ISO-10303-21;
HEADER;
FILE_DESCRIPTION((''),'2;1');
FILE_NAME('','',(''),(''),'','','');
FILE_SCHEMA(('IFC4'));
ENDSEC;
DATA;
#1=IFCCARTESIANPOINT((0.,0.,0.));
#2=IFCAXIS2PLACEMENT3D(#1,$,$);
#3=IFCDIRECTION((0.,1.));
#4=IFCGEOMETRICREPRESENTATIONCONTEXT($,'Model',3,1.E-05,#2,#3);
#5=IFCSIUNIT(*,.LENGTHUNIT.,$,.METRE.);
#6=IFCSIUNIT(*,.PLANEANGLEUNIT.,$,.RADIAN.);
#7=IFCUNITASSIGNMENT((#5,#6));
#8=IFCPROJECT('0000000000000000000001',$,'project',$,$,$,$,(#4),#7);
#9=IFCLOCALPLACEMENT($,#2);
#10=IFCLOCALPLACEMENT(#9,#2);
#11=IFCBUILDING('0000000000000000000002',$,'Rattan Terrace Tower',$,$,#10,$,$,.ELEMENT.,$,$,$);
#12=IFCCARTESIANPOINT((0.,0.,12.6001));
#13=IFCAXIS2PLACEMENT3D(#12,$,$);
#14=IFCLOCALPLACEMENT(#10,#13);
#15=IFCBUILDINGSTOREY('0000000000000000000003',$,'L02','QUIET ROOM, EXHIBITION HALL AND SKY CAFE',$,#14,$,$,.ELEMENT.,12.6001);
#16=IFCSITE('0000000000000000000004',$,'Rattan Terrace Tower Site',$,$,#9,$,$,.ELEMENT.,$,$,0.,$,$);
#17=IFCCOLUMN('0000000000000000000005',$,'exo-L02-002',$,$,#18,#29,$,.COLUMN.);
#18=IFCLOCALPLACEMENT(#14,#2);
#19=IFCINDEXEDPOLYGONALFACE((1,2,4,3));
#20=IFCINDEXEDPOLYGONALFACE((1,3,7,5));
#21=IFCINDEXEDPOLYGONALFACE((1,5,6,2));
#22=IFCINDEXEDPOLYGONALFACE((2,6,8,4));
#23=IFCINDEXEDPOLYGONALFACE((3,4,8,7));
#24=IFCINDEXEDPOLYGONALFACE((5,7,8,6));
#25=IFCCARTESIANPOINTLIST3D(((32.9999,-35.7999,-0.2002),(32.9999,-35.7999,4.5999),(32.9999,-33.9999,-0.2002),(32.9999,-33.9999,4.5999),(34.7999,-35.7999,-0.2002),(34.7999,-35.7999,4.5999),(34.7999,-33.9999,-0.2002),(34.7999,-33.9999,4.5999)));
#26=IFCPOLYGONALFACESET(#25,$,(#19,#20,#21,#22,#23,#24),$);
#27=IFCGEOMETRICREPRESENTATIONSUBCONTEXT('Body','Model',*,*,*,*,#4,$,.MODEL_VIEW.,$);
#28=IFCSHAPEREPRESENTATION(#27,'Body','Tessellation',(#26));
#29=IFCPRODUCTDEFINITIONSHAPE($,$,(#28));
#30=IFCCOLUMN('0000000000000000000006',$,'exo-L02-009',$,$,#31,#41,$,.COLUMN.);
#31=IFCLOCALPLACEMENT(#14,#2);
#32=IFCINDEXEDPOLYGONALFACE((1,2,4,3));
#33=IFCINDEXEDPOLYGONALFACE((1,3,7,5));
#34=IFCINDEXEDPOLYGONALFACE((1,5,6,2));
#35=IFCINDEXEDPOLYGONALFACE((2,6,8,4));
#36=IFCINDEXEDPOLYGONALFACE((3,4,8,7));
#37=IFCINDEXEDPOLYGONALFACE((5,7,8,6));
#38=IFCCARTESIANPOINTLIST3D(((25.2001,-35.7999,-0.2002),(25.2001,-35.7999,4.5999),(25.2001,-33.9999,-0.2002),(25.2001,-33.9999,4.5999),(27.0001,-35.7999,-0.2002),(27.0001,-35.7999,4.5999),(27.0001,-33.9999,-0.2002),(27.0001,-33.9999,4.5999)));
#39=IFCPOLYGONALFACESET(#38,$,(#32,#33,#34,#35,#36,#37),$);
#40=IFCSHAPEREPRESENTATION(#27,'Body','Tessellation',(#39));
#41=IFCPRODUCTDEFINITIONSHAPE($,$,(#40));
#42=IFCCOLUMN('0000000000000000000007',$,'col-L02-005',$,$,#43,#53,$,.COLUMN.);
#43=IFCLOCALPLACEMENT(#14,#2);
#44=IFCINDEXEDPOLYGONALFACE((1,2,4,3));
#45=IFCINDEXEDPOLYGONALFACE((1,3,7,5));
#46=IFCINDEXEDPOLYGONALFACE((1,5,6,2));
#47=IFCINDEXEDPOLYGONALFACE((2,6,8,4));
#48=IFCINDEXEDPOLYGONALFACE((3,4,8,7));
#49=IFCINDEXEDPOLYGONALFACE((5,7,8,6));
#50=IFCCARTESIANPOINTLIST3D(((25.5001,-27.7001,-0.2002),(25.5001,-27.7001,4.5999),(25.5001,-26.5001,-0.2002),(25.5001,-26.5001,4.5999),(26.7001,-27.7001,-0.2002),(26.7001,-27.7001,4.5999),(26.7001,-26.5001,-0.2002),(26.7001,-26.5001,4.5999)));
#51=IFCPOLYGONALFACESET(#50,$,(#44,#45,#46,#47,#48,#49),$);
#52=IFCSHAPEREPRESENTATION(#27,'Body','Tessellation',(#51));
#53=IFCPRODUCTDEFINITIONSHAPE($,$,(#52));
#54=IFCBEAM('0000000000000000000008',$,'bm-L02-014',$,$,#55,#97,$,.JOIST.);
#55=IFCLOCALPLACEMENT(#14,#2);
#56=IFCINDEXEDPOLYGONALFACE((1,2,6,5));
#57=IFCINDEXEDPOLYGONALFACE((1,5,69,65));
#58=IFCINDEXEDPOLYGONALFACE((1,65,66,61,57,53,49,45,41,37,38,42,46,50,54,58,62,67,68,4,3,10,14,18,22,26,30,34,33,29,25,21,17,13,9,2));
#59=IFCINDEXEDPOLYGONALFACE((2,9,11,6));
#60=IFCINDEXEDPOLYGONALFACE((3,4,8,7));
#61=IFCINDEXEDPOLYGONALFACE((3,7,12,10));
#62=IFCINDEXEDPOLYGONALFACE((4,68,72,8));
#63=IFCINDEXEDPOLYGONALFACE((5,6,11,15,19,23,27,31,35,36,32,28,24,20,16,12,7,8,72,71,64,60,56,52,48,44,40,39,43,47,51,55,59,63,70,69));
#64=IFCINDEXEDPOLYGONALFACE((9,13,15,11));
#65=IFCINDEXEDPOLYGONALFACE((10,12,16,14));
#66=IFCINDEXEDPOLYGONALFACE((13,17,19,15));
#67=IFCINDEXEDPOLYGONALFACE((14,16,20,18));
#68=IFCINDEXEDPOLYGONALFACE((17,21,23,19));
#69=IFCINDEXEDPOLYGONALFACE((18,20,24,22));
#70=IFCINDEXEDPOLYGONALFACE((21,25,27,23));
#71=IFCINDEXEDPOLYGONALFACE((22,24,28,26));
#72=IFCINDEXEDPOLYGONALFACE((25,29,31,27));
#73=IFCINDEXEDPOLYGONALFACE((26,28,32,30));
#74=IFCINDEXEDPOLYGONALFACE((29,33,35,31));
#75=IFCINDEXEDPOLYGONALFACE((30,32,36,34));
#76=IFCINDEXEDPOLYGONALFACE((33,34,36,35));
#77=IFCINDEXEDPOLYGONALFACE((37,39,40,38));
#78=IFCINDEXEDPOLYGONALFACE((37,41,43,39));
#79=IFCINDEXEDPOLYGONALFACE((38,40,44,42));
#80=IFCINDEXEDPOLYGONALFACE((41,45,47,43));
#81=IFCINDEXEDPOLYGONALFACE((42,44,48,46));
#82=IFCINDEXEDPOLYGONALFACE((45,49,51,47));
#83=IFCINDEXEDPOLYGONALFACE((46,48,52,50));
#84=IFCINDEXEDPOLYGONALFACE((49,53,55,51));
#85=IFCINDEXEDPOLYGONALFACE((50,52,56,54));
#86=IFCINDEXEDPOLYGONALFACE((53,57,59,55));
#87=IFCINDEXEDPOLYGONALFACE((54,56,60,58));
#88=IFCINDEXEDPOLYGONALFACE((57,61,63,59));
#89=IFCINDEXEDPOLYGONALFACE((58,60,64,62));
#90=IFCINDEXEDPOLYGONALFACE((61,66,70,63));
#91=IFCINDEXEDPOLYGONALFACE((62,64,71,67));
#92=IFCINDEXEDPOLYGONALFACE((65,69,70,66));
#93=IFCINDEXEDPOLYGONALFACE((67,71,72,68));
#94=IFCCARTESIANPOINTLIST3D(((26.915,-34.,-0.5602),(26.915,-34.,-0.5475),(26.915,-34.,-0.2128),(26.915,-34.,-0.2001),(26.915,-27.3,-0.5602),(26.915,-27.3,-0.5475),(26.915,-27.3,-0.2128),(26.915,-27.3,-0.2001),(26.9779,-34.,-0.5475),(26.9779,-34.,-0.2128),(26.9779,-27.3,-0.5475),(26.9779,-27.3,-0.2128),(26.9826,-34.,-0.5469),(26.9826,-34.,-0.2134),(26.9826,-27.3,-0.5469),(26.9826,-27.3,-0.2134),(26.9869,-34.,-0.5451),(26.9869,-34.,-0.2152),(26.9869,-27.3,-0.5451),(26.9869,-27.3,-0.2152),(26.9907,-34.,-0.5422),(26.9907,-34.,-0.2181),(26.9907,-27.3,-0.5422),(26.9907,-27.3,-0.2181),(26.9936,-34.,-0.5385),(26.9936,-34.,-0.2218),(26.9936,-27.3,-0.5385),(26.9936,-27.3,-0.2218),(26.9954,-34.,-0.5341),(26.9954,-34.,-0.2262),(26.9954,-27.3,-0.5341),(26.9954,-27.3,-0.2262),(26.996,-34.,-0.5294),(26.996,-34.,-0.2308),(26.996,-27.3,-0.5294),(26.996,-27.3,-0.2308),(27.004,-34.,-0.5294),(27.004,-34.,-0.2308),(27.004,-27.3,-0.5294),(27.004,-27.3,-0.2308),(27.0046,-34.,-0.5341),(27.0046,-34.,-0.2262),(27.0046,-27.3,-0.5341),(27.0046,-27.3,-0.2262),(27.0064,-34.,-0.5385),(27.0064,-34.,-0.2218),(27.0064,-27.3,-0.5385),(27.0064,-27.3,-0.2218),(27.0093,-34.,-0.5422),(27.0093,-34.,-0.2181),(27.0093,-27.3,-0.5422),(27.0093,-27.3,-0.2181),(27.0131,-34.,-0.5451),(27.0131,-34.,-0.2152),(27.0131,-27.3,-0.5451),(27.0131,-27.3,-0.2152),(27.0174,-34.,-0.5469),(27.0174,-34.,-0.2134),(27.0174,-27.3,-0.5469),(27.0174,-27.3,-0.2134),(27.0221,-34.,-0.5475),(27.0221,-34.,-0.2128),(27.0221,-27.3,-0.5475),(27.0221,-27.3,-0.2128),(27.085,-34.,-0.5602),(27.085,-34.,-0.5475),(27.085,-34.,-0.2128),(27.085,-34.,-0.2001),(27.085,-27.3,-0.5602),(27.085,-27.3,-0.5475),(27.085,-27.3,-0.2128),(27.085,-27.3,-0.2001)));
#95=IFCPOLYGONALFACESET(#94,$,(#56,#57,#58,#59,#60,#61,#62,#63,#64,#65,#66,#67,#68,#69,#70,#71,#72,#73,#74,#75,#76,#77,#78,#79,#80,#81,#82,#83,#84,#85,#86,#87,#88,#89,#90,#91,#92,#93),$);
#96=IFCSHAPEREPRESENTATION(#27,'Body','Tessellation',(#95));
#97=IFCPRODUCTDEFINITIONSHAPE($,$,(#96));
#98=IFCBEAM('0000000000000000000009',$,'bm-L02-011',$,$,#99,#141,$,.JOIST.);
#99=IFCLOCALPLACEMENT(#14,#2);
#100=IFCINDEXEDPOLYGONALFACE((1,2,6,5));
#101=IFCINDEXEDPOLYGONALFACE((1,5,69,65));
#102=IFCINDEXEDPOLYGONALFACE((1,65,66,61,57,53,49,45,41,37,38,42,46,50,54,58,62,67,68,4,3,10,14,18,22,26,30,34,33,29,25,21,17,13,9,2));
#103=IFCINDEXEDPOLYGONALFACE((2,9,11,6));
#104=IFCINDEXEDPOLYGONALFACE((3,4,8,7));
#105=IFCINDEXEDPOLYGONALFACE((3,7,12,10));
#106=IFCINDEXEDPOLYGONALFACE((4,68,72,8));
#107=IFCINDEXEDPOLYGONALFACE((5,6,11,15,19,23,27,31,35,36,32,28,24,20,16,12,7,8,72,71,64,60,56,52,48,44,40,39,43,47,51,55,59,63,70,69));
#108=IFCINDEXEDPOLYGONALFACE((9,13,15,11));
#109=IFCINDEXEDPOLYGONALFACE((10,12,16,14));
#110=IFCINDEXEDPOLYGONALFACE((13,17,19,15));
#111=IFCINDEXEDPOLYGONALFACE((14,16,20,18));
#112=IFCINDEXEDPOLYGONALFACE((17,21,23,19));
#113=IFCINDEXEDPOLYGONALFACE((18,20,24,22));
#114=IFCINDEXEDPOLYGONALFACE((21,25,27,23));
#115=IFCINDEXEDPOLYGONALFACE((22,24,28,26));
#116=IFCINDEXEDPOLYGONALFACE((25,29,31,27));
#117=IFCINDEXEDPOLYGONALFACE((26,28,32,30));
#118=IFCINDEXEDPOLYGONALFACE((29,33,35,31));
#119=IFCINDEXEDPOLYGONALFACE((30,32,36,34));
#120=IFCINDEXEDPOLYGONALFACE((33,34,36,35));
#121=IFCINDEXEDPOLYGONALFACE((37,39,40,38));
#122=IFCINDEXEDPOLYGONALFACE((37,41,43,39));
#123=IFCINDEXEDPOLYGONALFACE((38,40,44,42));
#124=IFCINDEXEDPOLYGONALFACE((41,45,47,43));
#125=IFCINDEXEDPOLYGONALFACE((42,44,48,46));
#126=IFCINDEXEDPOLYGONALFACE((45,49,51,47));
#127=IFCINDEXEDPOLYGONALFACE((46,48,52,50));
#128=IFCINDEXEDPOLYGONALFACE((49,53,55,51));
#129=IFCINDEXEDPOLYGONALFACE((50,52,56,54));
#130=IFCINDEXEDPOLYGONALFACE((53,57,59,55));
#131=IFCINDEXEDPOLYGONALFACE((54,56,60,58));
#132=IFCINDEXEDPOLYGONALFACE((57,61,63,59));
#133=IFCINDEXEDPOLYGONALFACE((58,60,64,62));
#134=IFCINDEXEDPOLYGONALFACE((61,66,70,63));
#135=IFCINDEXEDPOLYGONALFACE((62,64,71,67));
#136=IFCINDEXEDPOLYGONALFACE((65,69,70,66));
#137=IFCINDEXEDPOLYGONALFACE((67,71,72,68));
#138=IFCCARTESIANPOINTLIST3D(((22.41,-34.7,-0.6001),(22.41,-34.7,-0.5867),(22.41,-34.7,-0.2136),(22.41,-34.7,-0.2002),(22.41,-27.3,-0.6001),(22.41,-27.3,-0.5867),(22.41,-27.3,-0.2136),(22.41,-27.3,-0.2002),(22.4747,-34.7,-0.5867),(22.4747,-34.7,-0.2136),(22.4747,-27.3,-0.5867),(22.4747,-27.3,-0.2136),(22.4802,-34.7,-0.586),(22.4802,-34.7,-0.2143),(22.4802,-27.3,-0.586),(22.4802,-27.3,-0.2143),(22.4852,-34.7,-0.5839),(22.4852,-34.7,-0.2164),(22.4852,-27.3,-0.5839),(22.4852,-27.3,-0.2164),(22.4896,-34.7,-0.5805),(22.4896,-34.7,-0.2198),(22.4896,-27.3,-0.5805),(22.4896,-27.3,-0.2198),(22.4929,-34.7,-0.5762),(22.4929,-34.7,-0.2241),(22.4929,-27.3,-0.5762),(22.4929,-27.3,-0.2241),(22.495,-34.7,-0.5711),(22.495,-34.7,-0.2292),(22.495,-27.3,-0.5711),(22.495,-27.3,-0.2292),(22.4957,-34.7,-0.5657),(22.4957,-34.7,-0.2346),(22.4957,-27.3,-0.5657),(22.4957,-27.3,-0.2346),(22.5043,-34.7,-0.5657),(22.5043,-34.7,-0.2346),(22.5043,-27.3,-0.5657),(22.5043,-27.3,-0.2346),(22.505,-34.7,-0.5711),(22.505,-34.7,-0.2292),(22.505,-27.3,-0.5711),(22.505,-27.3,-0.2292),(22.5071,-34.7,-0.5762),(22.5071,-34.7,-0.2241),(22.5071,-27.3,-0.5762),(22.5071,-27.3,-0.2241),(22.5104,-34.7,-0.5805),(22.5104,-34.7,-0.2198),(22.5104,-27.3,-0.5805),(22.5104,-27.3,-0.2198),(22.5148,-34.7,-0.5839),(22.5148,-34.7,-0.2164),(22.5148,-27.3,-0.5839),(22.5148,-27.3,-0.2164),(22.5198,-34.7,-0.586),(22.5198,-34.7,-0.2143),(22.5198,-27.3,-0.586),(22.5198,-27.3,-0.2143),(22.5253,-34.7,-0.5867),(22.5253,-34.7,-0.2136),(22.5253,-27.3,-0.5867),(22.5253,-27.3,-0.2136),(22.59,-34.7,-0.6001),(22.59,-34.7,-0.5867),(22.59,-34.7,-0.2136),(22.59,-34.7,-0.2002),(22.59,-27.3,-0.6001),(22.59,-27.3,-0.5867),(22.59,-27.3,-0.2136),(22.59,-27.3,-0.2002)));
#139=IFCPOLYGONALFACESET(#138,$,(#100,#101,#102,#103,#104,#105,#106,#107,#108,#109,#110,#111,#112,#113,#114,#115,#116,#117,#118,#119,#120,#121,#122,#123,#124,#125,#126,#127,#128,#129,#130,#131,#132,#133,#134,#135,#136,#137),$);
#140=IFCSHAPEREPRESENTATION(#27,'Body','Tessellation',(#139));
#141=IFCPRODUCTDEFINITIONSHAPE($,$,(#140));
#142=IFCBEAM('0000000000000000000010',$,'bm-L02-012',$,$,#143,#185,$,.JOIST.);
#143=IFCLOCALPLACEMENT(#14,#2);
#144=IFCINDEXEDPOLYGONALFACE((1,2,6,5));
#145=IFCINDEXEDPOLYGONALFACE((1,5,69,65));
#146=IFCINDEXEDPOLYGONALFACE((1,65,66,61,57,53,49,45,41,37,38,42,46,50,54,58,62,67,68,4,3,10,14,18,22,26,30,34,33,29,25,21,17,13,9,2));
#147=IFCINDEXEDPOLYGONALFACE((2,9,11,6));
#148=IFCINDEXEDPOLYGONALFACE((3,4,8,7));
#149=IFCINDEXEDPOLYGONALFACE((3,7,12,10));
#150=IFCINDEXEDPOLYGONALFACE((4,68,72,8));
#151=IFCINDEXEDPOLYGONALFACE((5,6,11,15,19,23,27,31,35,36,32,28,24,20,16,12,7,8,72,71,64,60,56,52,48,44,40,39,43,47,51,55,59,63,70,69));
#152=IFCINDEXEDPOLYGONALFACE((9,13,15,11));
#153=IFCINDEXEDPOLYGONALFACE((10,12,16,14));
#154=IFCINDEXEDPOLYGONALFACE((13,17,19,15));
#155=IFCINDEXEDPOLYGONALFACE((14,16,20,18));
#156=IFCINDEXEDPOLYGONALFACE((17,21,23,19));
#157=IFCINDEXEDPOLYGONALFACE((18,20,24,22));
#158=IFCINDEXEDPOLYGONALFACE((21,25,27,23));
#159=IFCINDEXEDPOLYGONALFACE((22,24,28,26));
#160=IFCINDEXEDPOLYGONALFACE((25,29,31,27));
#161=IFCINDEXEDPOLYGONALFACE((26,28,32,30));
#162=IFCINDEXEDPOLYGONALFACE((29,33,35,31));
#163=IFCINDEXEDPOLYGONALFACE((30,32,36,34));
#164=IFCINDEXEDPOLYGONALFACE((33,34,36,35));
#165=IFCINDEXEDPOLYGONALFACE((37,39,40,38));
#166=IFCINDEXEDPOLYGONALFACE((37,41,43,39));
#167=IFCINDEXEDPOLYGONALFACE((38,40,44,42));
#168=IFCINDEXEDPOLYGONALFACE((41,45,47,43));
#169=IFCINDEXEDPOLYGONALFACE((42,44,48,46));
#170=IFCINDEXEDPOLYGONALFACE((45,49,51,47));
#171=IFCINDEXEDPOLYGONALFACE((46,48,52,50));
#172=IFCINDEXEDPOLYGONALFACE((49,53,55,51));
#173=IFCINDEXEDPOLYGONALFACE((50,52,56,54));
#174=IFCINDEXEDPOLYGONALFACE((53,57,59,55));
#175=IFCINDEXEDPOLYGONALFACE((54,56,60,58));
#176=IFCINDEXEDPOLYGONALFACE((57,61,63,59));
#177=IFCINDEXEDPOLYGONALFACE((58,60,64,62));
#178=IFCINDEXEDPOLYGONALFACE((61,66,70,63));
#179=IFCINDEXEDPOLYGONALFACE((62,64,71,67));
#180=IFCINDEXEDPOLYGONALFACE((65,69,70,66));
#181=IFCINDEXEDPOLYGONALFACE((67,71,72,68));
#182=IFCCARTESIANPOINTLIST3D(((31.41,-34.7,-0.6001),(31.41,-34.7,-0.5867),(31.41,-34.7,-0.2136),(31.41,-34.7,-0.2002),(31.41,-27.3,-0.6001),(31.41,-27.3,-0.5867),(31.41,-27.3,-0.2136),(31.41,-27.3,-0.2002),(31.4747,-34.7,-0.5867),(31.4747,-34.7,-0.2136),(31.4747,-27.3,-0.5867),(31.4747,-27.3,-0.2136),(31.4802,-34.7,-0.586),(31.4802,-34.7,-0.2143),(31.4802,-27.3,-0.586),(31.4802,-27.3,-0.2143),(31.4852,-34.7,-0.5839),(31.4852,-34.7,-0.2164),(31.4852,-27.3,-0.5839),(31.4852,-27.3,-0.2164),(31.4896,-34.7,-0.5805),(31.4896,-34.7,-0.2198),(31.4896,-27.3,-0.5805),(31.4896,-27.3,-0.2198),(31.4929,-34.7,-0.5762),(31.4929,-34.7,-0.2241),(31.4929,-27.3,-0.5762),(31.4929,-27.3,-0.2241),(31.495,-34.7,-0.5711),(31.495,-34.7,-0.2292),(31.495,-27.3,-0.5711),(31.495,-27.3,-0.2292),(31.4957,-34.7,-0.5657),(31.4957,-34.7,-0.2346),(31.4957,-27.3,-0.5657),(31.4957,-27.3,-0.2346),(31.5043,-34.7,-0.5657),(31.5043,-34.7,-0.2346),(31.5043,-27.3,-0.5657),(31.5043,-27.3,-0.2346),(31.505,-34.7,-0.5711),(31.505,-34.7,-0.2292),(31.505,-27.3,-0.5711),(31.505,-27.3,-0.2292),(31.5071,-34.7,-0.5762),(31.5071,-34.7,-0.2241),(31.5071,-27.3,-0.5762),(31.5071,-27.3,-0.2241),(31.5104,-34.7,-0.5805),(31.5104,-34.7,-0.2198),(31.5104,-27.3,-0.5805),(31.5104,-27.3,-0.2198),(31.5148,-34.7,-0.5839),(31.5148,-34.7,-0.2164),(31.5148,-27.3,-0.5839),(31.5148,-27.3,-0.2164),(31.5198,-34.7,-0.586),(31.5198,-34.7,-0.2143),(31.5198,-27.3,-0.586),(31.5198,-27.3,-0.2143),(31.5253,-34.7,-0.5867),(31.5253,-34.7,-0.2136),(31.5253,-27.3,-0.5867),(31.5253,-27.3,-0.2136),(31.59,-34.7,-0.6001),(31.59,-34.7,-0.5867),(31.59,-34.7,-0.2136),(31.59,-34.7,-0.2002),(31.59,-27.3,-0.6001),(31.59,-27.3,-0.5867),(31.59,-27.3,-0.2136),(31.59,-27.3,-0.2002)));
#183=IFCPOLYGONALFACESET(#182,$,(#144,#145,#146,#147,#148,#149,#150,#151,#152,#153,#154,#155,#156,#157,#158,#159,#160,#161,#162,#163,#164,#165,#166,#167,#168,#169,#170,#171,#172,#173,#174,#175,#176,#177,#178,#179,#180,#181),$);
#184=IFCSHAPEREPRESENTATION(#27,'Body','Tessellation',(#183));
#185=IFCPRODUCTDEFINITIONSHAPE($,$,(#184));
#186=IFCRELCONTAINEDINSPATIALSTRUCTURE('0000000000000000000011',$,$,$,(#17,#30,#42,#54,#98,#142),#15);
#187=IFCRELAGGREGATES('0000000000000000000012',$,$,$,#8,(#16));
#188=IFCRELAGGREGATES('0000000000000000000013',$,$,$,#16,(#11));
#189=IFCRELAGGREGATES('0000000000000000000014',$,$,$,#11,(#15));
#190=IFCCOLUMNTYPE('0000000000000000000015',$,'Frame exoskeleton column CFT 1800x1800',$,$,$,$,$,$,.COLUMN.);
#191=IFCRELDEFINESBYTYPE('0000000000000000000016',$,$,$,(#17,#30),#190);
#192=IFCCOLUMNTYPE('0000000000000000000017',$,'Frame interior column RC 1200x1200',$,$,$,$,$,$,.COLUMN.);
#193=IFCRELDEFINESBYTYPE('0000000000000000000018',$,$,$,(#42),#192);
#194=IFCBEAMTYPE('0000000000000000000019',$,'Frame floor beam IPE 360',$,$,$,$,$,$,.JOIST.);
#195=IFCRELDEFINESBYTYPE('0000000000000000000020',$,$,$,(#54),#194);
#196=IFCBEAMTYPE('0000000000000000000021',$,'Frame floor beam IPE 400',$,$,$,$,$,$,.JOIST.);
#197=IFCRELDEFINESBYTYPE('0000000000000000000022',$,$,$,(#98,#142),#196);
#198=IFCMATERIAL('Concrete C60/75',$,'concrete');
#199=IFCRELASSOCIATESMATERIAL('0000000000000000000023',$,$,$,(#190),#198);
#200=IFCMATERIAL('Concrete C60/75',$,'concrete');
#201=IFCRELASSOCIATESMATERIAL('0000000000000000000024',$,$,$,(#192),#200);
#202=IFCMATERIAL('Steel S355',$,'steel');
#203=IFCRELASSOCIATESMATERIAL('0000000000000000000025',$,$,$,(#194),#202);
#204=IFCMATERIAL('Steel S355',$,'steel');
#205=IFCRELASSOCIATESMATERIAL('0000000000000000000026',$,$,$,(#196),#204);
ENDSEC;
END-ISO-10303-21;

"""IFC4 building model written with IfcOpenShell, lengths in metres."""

from ifc_helpers import new_model, si_unit, direction, frame, origin, origin_2d, place, context, subcontext, project, spatial, rectangle, i_section, extrude, material, material_profile, profile_set, type_object, element, save


model = new_model("IFC4")

# Units and contexts
model_context = context("Model", 3, precision=1e-05, world=origin(), true_north=direction((0.0, 1.0)))
body_context = subcontext(model_context, "Body", "Model", "MODEL_VIEW")
ifc_project = project(units=[si_unit("LENGTHUNIT", "METRE"), si_unit("PLANEANGLEUNIT", "RADIAN")], contexts=[model_context])

# Site, building, storey
site_placement = place(None, origin())
site = spatial("IfcSite", under=ifc_project, at=site_placement, Name="Rattan Terrace Tower Site", CompositionType="ELEMENT", RefElevation=0.0)
building_placement = place(site_placement, origin())
building = spatial("IfcBuilding", under=site, at=building_placement, Name="Rattan Terrace Tower", CompositionType="ELEMENT")
storey_placement = place(building_placement, frame((0.0, 0.0, 12.6001)))
storey = spatial("IfcBuildingStorey", under=building, at=storey_placement, Name="L02", Description="QUIET ROOM, EXHIBITION HALL AND SKY CAFE", CompositionType="ELEMENT", Elevation=12.6001)

# Columns
ifc_material_1 = material(Name="Concrete C60/75", Category="concrete")
ifc_material_profile_1 = material_profile(ifc_material_1, rectangle(XDim=1.8, YDim=1.8, at=origin_2d()), Name="CFT 1800x1800")
ifc_profile_set_1 = profile_set([ifc_material_profile_1], Name="Concrete C60/75")
column_type_1 = type_object("IfcColumnType", Name="Frame exoskeleton column CFT 1800x1800", PredefinedType="COLUMN", material=ifc_profile_set_1)
for number, where, z_axis, x_axis, name in (
    (1, (33.8999, -34.8999, -0.2002), (0.0, 0.0, 1.0), (1.0, 0.0, 0.0), "exo-L02-002"),
    (2, (26.1001, -34.8999, -0.2002), (0.0, 0.0, 1.0), (1.0, 0.0, 0.0), "exo-L02-009"),
):
    element("IfcColumn", number, at=place(storey_placement, frame(where, z_axis=z_axis, x_axis=x_axis)), inside=storey, type_object=column_type_1, Name=name, PredefinedType="COLUMN", context=body_context, shape_type="SweptSolid", body=[
        extrude(rectangle(XDim=1.8, YDim=1.8, at=origin_2d()), origin(), (0.0, 0.0, 1.0), 4.8),
    ])
ifc_material_2 = material(Name="Concrete C60/75", Category="concrete")
ifc_material_profile_2 = material_profile(ifc_material_2, rectangle(XDim=1.2, YDim=1.2, at=origin_2d()), Name="RC 1200x1200")
ifc_profile_set_2 = profile_set([ifc_material_profile_2], Name="Concrete C60/75")
column_type_2 = type_object("IfcColumnType", Name="Frame interior column RC 1200x1200", PredefinedType="COLUMN", material=ifc_profile_set_2)
column_placement = place(storey_placement, frame((26.1001, -27.1001, -0.2002), z_axis=(0.0, 0.0, 1.0), x_axis=(1.0, 0.0, 0.0)))
element("IfcColumn", 3, at=column_placement, inside=storey, type_object=column_type_2, Name="col-L02-005", PredefinedType="COLUMN", context=body_context, shape_type="SweptSolid", body=[
    extrude(rectangle(XDim=1.2, YDim=1.2, at=origin_2d()), origin(), (0.0, 0.0, 1.0), 4.8),
])

# Beams
ifc_material_3 = material(Name="Steel S355", Category="steel")
ifc_material_profile_3 = material_profile(ifc_material_3, i_section(OverallWidth=0.1699, OverallDepth=0.3601, WebThickness=0.0081, FlangeThickness=0.0127, FilletRadius=0.0181, at=origin_2d()), Name="IPE 360")
ifc_profile_set_3 = profile_set([ifc_material_profile_3], Name="Steel S355")
beam_type_1 = type_object("IfcBeamType", Name="Frame floor beam IPE 360", PredefinedType="JOIST", material=ifc_profile_set_3)
beam_1_placement = place(storey_placement, frame((27.0, -34.0, -0.3801), z_axis=(0.0, 1.0, 0.0), x_axis=(-1.0, 0.0, 0.0)))
element("IfcBeam", 4, at=beam_1_placement, inside=storey, type_object=beam_type_1, Name="bm-L02-014", PredefinedType="JOIST", context=body_context, shape_type="SweptSolid", body=[
    extrude(i_section(OverallWidth=0.1699, OverallDepth=0.3601, WebThickness=0.0081, FlangeThickness=0.0127, FilletRadius=0.0181, at=origin_2d()), origin(), (0.0, 0.0, 1.0), 6.7),
])
ifc_material_4 = material(Name="Steel S355", Category="steel")
ifc_material_profile_4 = material_profile(ifc_material_4, i_section(OverallWidth=0.1799, OverallDepth=0.3999, WebThickness=0.0085, FlangeThickness=0.0134, FilletRadius=0.021, at=origin_2d()), Name="IPE 400")
ifc_profile_set_4 = profile_set([ifc_material_profile_4], Name="Steel S355")
beam_type_2 = type_object("IfcBeamType", Name="Frame floor beam IPE 400", PredefinedType="JOIST", material=ifc_profile_set_4)
for number, where, z_axis, x_axis, name in (
    (5, (22.5, -34.7, -0.4001), (0.0, 1.0, 0.0), (-1.0, 0.0, 0.0), "bm-L02-011"),
    (6, (31.5, -34.7, -0.4001), (0.0, 1.0, 0.0), (-1.0, 0.0, 0.0), "bm-L02-012"),
):
    element("IfcBeam", number, at=place(storey_placement, frame(where, z_axis=z_axis, x_axis=x_axis)), inside=storey, type_object=beam_type_2, Name=name, PredefinedType="JOIST", context=body_context, shape_type="SweptSolid", body=[
        extrude(i_section(OverallWidth=0.1799, OverallDepth=0.3999, WebThickness=0.0085, FlangeThickness=0.0134, FilletRadius=0.021, at=origin_2d()), origin(), (0.0, 0.0, 1.0), 7.3999),
    ])

save(model, "model.ifc")
